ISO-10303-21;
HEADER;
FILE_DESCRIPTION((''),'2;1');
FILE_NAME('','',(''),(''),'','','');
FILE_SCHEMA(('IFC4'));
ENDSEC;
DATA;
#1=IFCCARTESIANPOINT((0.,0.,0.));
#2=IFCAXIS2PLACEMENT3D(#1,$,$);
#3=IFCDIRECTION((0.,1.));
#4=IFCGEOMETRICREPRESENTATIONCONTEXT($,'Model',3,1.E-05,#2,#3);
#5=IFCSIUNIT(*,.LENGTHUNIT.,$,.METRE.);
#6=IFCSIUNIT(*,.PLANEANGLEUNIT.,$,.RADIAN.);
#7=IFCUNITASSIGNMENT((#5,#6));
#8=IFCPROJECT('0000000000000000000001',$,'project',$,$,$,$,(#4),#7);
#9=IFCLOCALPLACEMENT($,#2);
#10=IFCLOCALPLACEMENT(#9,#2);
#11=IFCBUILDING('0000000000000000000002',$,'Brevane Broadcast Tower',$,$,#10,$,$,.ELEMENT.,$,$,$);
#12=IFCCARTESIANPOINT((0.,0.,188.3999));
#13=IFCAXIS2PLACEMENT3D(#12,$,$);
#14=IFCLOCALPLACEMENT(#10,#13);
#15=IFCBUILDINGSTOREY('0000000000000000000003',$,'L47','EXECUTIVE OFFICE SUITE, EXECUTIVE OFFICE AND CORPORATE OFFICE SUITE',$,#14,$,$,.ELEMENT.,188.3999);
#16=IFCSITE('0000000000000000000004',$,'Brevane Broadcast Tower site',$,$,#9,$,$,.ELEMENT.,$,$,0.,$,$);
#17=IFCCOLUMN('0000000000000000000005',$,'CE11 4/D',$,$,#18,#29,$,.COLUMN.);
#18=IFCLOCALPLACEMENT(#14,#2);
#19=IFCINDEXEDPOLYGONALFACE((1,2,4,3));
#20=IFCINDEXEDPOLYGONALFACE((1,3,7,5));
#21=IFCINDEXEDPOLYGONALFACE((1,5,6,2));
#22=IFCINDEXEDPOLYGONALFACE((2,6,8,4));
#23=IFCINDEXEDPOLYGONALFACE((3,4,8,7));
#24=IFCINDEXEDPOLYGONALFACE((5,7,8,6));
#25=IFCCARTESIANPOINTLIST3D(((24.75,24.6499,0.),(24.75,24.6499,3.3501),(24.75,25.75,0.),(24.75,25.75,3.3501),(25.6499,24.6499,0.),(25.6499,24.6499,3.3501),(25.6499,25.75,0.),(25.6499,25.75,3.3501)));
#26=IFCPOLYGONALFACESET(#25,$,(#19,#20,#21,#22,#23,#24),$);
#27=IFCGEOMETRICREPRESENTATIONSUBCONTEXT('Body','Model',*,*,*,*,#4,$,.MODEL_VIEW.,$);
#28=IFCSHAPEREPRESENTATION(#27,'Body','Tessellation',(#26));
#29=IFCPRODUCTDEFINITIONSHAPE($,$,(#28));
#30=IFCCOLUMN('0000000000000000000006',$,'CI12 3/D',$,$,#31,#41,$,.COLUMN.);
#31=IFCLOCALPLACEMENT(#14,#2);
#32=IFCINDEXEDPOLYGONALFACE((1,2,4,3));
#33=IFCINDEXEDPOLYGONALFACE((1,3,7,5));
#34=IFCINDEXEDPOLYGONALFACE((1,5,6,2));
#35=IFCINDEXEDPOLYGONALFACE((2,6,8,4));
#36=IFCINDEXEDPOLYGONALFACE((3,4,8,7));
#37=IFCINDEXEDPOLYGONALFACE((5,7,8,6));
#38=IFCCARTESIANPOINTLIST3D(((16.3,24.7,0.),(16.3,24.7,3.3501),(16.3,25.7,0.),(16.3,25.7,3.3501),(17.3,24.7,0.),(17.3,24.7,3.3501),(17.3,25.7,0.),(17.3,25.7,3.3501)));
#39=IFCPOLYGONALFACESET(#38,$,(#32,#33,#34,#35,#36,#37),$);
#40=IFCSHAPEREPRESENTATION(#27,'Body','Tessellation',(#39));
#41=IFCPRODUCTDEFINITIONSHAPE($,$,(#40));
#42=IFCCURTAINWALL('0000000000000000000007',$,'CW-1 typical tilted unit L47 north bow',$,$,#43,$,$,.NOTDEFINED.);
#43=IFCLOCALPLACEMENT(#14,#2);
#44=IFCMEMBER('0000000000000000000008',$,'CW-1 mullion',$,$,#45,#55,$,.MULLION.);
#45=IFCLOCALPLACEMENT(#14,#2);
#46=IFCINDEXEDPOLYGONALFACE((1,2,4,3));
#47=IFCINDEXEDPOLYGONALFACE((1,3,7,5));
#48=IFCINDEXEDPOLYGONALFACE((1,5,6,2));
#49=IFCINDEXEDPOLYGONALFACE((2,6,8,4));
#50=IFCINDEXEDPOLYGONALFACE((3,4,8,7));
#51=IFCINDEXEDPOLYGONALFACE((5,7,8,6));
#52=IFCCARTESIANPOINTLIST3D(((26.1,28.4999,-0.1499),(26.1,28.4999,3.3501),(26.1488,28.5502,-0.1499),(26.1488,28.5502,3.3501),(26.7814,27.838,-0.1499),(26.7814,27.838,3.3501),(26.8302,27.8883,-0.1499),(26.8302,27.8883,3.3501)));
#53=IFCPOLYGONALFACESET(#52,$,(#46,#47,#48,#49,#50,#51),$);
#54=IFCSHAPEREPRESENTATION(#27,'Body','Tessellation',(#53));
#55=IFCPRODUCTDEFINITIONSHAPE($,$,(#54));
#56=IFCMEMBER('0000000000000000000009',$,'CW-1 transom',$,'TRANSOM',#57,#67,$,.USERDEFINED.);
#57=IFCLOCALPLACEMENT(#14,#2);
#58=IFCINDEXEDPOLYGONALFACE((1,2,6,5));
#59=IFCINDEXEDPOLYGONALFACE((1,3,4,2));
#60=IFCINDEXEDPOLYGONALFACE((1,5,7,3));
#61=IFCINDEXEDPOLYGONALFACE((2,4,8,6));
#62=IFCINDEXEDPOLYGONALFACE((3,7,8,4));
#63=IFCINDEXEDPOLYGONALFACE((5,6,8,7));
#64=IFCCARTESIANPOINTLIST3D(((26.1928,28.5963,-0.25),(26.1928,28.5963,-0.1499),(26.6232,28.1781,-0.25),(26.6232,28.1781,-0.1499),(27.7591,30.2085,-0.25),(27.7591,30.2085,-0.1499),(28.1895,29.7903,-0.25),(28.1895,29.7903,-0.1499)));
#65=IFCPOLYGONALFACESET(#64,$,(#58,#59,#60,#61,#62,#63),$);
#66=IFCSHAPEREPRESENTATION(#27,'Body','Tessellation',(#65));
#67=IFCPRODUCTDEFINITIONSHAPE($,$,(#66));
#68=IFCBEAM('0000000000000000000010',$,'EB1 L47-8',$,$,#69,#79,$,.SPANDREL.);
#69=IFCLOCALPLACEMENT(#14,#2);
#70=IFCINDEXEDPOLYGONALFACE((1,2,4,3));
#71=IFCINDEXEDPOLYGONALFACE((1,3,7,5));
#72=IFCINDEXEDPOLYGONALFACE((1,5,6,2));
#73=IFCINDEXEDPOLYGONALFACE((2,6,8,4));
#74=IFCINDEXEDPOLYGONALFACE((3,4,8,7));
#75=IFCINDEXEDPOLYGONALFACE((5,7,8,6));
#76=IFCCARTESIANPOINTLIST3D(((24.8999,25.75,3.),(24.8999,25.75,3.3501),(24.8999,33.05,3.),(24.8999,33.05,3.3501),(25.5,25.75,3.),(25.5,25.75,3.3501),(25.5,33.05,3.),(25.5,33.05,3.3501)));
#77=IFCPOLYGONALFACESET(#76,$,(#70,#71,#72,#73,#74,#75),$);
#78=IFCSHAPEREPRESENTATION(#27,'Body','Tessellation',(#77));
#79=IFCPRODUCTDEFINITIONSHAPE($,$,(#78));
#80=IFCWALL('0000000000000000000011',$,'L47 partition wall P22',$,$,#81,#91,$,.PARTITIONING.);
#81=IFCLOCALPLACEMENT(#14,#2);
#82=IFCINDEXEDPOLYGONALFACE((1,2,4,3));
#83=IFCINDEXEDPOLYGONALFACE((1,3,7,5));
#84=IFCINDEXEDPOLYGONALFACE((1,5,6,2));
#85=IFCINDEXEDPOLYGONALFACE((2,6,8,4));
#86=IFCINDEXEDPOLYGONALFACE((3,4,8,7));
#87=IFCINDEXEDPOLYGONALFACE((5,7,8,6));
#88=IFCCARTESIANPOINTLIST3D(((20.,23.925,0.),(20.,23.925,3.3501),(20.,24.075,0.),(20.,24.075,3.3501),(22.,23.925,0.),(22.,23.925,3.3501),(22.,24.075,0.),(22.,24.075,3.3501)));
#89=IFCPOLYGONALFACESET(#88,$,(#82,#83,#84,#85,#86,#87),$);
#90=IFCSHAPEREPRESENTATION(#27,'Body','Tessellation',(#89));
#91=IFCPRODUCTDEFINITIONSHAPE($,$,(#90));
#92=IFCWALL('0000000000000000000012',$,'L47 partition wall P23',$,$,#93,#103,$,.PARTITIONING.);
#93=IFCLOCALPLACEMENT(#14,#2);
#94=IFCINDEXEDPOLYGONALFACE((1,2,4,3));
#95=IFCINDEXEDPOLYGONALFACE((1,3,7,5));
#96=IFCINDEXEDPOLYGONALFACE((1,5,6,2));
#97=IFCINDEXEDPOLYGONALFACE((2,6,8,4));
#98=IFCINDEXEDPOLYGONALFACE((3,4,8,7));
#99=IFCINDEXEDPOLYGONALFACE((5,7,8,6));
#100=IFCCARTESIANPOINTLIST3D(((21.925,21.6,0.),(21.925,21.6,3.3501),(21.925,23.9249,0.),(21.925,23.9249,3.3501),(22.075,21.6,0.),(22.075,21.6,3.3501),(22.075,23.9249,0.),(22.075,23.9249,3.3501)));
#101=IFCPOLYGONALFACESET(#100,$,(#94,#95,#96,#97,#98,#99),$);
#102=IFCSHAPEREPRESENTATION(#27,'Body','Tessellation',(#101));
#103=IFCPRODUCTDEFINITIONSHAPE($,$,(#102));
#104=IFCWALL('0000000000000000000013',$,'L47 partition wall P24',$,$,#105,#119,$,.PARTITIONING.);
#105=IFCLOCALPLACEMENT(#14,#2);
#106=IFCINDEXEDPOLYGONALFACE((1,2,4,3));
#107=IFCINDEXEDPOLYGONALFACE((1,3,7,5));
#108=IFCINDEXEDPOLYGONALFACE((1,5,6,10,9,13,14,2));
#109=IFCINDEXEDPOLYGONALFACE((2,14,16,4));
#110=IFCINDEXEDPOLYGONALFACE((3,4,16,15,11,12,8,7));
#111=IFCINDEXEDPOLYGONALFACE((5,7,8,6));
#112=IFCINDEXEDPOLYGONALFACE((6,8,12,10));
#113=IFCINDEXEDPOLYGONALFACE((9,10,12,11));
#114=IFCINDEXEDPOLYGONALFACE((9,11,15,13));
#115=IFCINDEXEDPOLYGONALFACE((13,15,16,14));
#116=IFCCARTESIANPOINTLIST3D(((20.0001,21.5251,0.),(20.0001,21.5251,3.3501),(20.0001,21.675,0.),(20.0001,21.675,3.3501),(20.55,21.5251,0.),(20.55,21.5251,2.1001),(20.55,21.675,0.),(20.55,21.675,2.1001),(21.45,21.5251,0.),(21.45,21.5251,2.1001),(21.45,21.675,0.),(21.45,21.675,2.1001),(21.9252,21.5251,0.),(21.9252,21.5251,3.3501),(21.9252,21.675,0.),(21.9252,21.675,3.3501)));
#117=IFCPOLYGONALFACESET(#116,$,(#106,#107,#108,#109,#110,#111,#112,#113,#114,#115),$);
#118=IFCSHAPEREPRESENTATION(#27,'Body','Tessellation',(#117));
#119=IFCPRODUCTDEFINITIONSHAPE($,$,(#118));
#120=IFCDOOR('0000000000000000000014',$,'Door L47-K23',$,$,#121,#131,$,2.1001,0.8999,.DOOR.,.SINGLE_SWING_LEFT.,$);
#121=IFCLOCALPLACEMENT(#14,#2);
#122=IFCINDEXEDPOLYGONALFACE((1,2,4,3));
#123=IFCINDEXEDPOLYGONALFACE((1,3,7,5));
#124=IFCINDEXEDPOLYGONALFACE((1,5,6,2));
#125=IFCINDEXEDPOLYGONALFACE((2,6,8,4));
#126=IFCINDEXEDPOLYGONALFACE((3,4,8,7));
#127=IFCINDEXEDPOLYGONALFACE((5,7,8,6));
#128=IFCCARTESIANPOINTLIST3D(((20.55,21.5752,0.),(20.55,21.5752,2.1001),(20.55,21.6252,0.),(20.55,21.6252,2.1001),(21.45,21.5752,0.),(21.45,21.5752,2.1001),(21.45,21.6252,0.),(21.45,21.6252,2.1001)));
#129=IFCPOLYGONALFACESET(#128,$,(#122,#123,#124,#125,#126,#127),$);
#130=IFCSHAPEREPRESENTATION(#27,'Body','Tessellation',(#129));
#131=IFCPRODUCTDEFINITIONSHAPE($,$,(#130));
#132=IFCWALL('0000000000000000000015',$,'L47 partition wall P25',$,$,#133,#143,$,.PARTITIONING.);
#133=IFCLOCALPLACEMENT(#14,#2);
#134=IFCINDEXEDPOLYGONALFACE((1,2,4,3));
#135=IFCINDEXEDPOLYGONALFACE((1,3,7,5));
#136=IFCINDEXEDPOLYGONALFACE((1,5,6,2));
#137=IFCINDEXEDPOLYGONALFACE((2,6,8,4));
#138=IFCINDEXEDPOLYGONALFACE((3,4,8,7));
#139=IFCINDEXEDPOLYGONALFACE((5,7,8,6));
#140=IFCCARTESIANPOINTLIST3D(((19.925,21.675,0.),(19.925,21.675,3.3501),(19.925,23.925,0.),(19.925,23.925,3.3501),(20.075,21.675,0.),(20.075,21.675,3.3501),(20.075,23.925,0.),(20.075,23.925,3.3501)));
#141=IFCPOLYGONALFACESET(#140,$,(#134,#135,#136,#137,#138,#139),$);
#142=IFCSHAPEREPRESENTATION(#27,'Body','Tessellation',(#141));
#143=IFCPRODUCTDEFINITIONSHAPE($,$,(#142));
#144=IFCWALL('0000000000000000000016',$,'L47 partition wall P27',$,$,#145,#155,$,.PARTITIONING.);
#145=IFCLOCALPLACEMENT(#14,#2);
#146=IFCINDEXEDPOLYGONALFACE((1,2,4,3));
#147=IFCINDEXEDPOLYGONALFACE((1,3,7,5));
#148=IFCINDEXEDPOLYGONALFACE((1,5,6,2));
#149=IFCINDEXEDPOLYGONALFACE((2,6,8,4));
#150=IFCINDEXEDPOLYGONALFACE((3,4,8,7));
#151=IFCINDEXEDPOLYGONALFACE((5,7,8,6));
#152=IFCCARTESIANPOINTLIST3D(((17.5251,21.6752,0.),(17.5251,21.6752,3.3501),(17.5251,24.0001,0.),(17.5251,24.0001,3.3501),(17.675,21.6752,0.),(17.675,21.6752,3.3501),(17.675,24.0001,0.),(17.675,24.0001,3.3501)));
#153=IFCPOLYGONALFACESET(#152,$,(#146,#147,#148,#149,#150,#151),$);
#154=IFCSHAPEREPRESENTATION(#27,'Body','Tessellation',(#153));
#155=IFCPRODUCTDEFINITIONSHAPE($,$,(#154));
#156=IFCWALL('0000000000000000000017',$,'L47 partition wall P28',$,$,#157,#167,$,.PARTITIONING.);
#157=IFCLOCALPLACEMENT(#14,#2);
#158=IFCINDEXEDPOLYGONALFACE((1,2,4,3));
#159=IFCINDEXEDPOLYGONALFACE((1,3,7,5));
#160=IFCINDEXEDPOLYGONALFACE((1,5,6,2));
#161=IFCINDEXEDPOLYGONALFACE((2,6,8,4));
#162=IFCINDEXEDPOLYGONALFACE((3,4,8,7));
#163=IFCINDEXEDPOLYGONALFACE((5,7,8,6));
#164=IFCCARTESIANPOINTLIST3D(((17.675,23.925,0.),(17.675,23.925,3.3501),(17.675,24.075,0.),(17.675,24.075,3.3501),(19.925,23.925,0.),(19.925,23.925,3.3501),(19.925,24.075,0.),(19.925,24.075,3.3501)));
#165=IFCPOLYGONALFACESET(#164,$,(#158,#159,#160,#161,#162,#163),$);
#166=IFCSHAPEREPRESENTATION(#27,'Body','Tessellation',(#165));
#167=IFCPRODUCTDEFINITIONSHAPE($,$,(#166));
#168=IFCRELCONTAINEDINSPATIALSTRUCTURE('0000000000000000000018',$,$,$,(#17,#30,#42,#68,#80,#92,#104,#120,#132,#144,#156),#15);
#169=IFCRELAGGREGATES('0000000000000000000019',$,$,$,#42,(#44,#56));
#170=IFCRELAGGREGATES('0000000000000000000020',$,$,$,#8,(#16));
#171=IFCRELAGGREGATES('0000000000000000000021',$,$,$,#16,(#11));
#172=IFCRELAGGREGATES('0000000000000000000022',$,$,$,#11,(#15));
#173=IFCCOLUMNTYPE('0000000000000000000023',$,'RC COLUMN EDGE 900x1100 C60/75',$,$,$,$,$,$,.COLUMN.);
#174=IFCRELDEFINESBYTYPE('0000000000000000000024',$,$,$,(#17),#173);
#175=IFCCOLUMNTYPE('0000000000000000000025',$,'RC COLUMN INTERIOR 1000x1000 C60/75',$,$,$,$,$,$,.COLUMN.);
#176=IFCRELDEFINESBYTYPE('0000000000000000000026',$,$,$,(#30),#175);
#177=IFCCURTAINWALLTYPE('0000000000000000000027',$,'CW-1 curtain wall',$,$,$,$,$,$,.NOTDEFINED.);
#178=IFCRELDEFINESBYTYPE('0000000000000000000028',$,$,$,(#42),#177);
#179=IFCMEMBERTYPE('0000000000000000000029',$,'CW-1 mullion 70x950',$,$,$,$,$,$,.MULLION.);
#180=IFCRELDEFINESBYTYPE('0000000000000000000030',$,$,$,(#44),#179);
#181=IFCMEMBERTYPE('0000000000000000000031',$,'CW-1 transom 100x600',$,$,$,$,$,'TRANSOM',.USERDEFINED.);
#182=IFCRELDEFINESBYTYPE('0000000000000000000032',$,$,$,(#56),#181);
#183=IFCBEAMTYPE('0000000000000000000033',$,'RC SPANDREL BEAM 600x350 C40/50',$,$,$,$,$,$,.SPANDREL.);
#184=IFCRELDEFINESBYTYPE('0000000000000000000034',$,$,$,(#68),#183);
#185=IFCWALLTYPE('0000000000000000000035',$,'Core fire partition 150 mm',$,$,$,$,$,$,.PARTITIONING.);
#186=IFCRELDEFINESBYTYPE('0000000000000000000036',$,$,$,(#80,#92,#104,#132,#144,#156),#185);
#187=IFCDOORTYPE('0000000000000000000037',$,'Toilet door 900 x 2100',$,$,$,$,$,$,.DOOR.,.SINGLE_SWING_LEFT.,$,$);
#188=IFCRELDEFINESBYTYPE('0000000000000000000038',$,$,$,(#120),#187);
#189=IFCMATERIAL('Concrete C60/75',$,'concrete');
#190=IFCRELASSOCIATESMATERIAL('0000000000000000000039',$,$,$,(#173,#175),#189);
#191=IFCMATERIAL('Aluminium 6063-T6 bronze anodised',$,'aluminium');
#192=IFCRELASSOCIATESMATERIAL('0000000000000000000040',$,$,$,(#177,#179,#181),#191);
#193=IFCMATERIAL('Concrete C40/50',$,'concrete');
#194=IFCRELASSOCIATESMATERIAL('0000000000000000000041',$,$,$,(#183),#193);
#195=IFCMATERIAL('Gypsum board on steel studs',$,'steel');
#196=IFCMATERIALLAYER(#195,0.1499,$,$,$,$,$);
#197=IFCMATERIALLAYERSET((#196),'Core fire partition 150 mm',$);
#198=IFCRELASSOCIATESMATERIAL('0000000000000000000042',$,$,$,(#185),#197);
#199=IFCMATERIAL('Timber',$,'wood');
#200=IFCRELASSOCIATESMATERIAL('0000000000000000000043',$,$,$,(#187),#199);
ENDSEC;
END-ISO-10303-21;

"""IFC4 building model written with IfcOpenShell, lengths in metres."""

from ifc_helpers import new_model, si_unit, direction, frame, frame_2d, origin, origin_2d, place, context, subcontext, project, spatial, rectangle, extrude, material, layer, layer_set, material_profile, profile_set, type_object, element, fill, aggregate, save


model = new_model("IFC4")

# Units and contexts
model_context = context("Model", 3, precision=1e-05, world=origin(), true_north=direction((0.0, 1.0)))
body_context = subcontext(model_context, "Body", "Model", "MODEL_VIEW")
ifc_project = project(units=[si_unit("LENGTHUNIT", "METRE"), si_unit("PLANEANGLEUNIT", "RADIAN")], contexts=[model_context])

# Site, building, storey
site_placement = place(None, origin())
site = spatial("IfcSite", under=ifc_project, at=site_placement, Name="Brevane Broadcast Tower site", CompositionType="ELEMENT", RefElevation=0.0)
building_placement = place(site_placement, origin())
building = spatial("IfcBuilding", under=site, at=building_placement, Name="Brevane Broadcast Tower", CompositionType="ELEMENT")
storey_placement = place(building_placement, frame((0.0, 0.0, 188.3999)))
storey = spatial("IfcBuildingStorey", under=building, at=storey_placement, Name="L47", Description="EXECUTIVE OFFICE SUITE, EXECUTIVE OFFICE AND CORPORATE OFFICE SUITE", CompositionType="ELEMENT", Elevation=188.3999)

# Columns
ifc_material_1 = material(Name="Concrete C60/75", Category="concrete")
ifc_material_profile_1 = material_profile(ifc_material_1, rectangle(XDim=0.8999, YDim=1.1001, at=origin_2d()), Name="RC 900x1100")
ifc_profile_set_1 = profile_set([ifc_material_profile_1], Name="Concrete C60/75")
column_type_1 = type_object("IfcColumnType", Name="RC COLUMN EDGE 900x1100 C60/75", PredefinedType="COLUMN", material=ifc_profile_set_1)
column_1_placement = place(storey_placement, frame((25.2, 25.2, 0.0), z_axis=(0.0, 0.0, 1.0), x_axis=(1.0, 0.0, 0.0)))
element("IfcColumn", 1, at=column_1_placement, inside=storey, type_object=column_type_1, Name="CE11 4/D", PredefinedType="COLUMN", context=body_context, shape_type="SweptSolid", body=[
    extrude(rectangle(XDim=0.8999, YDim=1.1001, at=origin_2d()), origin(), (0.0, 0.0, 1.0), 3.3501),
])
ifc_material_profile_2 = material_profile(ifc_material_1, rectangle(XDim=1.0, YDim=1.0, at=origin_2d()), Name="RC 1000x1000")
ifc_profile_set_2 = profile_set([ifc_material_profile_2], Name="Concrete C60/75")
column_type_2 = type_object("IfcColumnType", Name="RC COLUMN INTERIOR 1000x1000 C60/75", PredefinedType="COLUMN", material=ifc_profile_set_2)
column_2_placement = place(storey_placement, frame((16.8, 25.2, 0.0), z_axis=(0.0, 0.0, 1.0), x_axis=(1.0, 0.0, 0.0)))
element("IfcColumn", 2, at=column_2_placement, inside=storey, type_object=column_type_2, Name="CI12 3/D", PredefinedType="COLUMN", context=body_context, shape_type="SweptSolid", body=[
    extrude(rectangle(XDim=1.0, YDim=1.0, at=origin_2d()), origin(), (0.0, 0.0, 1.0), 3.3501),
])

# Curtain wall, members
ifc_material_2 = material(Name="Aluminium 6063-T6 bronze anodised", Category="aluminium")
curtain_wall_type = type_object("IfcCurtainWallType", Name="CW-1 curtain wall", PredefinedType="NOTDEFINED", material=ifc_material_2)
curtain_wall_placement = place(storey_placement, origin())
curtain_wall = element("IfcCurtainWall", 3, at=curtain_wall_placement, inside=storey, type_object=curtain_wall_type, Name="CW-1 typical tilted unit L47 north bow", PredefinedType="NOTDEFINED")
ifc_material_profile_3 = material_profile(ifc_material_2, rectangle(XDim=0.95, YDim=0.0701, at=origin_2d()), Name="RECT 70x950")
ifc_profile_set_3 = profile_set([ifc_material_profile_3], Name="Aluminium 6063-T6 bronze anodised")
member_type_1 = type_object("IfcMemberType", Name="CW-1 mullion 70x950", PredefinedType="MULLION", material=ifc_profile_set_3)
member_1_placement = place(storey_placement, frame((26.4651, 28.1941, -0.1499), z_axis=(0.0, 0.0, 1.0), x_axis=(-0.717254, 0.696812, 0.0)))
member_1 = element("IfcMember", 4, at=member_1_placement, type_object=member_type_1, Name="CW-1 mullion", PredefinedType="MULLION", context=body_context, shape_type="SweptSolid", body=[
    extrude(rectangle(XDim=0.95, YDim=0.0701, at=origin_2d()), origin(), (0.0, 0.0, 1.0), 3.5),
])
ifc_material_profile_4 = material_profile(ifc_material_2, rectangle(XDim=0.6001, YDim=0.1001, at=origin_2d()), Name="RECT 100x600")
ifc_profile_set_4 = profile_set([ifc_material_profile_4], Name="Aluminium 6063-T6 bronze anodised")
member_type_2 = type_object("IfcMemberType", Name="CW-1 transom 100x600", ElementType="TRANSOM", PredefinedType="USERDEFINED", material=ifc_profile_set_4)
member_2_placement = place(storey_placement, frame((26.408, 28.3872, -0.2), z_axis=(0.696824, 0.717242, 0.0), x_axis=(-0.717242, 0.696824, 0.0)))
member_2 = element("IfcMember", 5, at=member_2_placement, type_object=member_type_2, Name="CW-1 transom", ObjectType="TRANSOM", PredefinedType="USERDEFINED", context=body_context, shape_type="SweptSolid", body=[
    extrude(rectangle(XDim=0.6001, YDim=0.1001, at=origin_2d()), origin(), (0.0, 0.0, 1.0), 2.2478),
])
aggregate(curtain_wall, [member_1, member_2])

# Beam
ifc_material_3 = material(Name="Concrete C40/50", Category="concrete")
ifc_material_profile_5 = material_profile(ifc_material_3, rectangle(XDim=0.6001, YDim=0.3501, at=origin_2d()), Name="RC 600x350")
ifc_profile_set_5 = profile_set([ifc_material_profile_5], Name="Concrete C40/50")
beam_type = type_object("IfcBeamType", Name="RC SPANDREL BEAM 600x350 C40/50", PredefinedType="SPANDREL", material=ifc_profile_set_5)
beam_placement = place(storey_placement, frame((25.2, 25.75, 3.175), z_axis=(0.0, 1.0, 0.0), x_axis=(-1.0, 0.0, 0.0)))
element("IfcBeam", 6, at=beam_placement, inside=storey, type_object=beam_type, Name="EB1 L47-8", PredefinedType="SPANDREL", context=body_context, shape_type="SweptSolid", body=[
    extrude(rectangle(XDim=0.6001, YDim=0.3501, at=origin_2d()), origin(), (0.0, 0.0, 1.0), 7.3),
])

# Walls
ifc_material_4 = material(Name="Gypsum board on steel studs", Category="steel")
ifc_layer_1 = layer(ifc_material_4, 0.1499)
ifc_layer_set_1 = layer_set([ifc_layer_1], Name="Core fire partition 150 mm")
wall_type_1 = type_object("IfcWallType", Name="Core fire partition 150 mm", PredefinedType="PARTITIONING", material=ifc_layer_set_1)
wall_1_placement = place(storey_placement, frame((20.0, 24.0, 0.0), z_axis=(0.0, 0.0, 1.0), x_axis=(1.0, 0.0, 0.0)))
element("IfcWall", 7, at=wall_1_placement, inside=storey, type_object=wall_type_1, Name="L47 partition wall P22", PredefinedType="PARTITIONING", context=body_context, shape_type="SweptSolid", body=[
    extrude(rectangle(XDim=2.0, YDim=0.1499, at=frame_2d((1.0, 0.0))), origin(), (0.0, 0.0, 1.0), 3.3501),
])
wall_2_placement = place(storey_placement, frame((22.0, 23.925, 0.0), z_axis=(0.0, 0.0, 1.0), x_axis=(0.0, -1.0, 0.0)))
element("IfcWall", 8, at=wall_2_placement, inside=storey, type_object=wall_type_1, Name="L47 partition wall P23", PredefinedType="PARTITIONING", context=body_context, shape_type="SweptSolid", body=[
    extrude(rectangle(XDim=2.325, YDim=0.1499, at=frame_2d((1.1626, 0.0))), origin(), (0.0, 0.0, 1.0), 3.3501),
])

# Wall, opening, door
wall_3_placement = place(storey_placement, frame((21.925, 21.6001, 0.0), z_axis=(0.0, 0.0, 1.0), x_axis=(-1.0, 0.0, 0.0)))
wall_3 = element("IfcWall", 9, at=wall_3_placement, inside=storey, type_object=wall_type_1, Name="L47 partition wall P24", PredefinedType="PARTITIONING", context=body_context, shape_type="SweptSolid", body=[
    extrude(rectangle(XDim=1.925, YDim=0.1499, at=frame_2d((0.9624, 0.0))), origin(), (0.0, 0.0, 1.0), 3.3501),
])
opening_1_placement = place(wall_3_placement, frame((0.4751, 0.0, 0.0)))
opening_1 = element("IfcOpeningElement", 10, at=opening_1_placement, cuts=wall_3, PredefinedType="OPENING", context=body_context, shape_type="SweptSolid", body=[
    extrude(rectangle(XDim=0.8999, YDim=2.1001, at=frame_2d((0.45, 1.05))), frame((0.0, 0.085, 0.0), z_axis=(0.0, -1.0, 0.0), x_axis=(1.0, 0.0, 0.0)), (0.0, 0.0, 1.0), 0.1699),
])
ifc_material_5 = material(Name="Timber", Category="wood")
door_type_1 = type_object("IfcDoorType", Name="Toilet door 900 x 2100", OperationType="SINGLE_SWING_LEFT", PredefinedType="DOOR", material=ifc_material_5)
door_1_placement = place(opening_1_placement, origin())
door_1 = element("IfcDoor", 11, at=door_1_placement, inside=storey, type_object=door_type_1, Name="Door L47-K23", OperationType="SINGLE_SWING_LEFT", OverallHeight=2.1001, OverallWidth=0.8999, PredefinedType="DOOR", context=body_context, shape_type="SweptSolid", body=[
    extrude(rectangle(XDim=0.8999, YDim=2.1001, at=frame_2d((0.45, 1.05))), frame((0.0, 0.0249, 0.0), z_axis=(0.0, -1.0, 0.0), x_axis=(1.0, 0.0, 0.0)), (0.0, 0.0, 1.0), 0.05),
])
fill(opening_1, door_1)

# Walls
wall_4_placement = place(storey_placement, frame((20.0, 21.675, 0.0), z_axis=(0.0, 0.0, 1.0), x_axis=(0.0, 1.0, 0.0)))
element("IfcWall", 12, at=wall_4_placement, inside=storey, type_object=wall_type_1, Name="L47 partition wall P25", PredefinedType="PARTITIONING", context=body_context, shape_type="SweptSolid", body=[
    extrude(rectangle(XDim=2.25, YDim=0.1499, at=frame_2d((1.125, 0.0))), origin(), (0.0, 0.0, 1.0), 3.3501),
])
wall_5_placement = place(storey_placement, frame((17.6001, 21.675, 0.0), z_axis=(0.0, 0.0, 1.0), x_axis=(0.0, 1.0, 0.0)))
element("IfcWall", 13, at=wall_5_placement, inside=storey, type_object=wall_type_1, Name="L47 partition wall P27", PredefinedType="PARTITIONING", context=body_context, shape_type="SweptSolid", body=[
    extrude(rectangle(XDim=2.325, YDim=0.1499, at=frame_2d((1.1626, 0.0))), origin(), (0.0, 0.0, 1.0), 3.3501),
])
wall_6_placement = place(storey_placement, frame((17.675, 24.0, 0.0), z_axis=(0.0, 0.0, 1.0), x_axis=(1.0, 0.0, 0.0)))
element("IfcWall", 14, at=wall_6_placement, inside=storey, type_object=wall_type_1, Name="L47 partition wall P28", PredefinedType="PARTITIONING", context=body_context, shape_type="SweptSolid", body=[
    extrude(rectangle(XDim=2.25, YDim=0.1499, at=frame_2d((1.125, 0.0))), origin(), (0.0, 0.0, 1.0), 3.3501),
])

save(model, "model.ifc")
